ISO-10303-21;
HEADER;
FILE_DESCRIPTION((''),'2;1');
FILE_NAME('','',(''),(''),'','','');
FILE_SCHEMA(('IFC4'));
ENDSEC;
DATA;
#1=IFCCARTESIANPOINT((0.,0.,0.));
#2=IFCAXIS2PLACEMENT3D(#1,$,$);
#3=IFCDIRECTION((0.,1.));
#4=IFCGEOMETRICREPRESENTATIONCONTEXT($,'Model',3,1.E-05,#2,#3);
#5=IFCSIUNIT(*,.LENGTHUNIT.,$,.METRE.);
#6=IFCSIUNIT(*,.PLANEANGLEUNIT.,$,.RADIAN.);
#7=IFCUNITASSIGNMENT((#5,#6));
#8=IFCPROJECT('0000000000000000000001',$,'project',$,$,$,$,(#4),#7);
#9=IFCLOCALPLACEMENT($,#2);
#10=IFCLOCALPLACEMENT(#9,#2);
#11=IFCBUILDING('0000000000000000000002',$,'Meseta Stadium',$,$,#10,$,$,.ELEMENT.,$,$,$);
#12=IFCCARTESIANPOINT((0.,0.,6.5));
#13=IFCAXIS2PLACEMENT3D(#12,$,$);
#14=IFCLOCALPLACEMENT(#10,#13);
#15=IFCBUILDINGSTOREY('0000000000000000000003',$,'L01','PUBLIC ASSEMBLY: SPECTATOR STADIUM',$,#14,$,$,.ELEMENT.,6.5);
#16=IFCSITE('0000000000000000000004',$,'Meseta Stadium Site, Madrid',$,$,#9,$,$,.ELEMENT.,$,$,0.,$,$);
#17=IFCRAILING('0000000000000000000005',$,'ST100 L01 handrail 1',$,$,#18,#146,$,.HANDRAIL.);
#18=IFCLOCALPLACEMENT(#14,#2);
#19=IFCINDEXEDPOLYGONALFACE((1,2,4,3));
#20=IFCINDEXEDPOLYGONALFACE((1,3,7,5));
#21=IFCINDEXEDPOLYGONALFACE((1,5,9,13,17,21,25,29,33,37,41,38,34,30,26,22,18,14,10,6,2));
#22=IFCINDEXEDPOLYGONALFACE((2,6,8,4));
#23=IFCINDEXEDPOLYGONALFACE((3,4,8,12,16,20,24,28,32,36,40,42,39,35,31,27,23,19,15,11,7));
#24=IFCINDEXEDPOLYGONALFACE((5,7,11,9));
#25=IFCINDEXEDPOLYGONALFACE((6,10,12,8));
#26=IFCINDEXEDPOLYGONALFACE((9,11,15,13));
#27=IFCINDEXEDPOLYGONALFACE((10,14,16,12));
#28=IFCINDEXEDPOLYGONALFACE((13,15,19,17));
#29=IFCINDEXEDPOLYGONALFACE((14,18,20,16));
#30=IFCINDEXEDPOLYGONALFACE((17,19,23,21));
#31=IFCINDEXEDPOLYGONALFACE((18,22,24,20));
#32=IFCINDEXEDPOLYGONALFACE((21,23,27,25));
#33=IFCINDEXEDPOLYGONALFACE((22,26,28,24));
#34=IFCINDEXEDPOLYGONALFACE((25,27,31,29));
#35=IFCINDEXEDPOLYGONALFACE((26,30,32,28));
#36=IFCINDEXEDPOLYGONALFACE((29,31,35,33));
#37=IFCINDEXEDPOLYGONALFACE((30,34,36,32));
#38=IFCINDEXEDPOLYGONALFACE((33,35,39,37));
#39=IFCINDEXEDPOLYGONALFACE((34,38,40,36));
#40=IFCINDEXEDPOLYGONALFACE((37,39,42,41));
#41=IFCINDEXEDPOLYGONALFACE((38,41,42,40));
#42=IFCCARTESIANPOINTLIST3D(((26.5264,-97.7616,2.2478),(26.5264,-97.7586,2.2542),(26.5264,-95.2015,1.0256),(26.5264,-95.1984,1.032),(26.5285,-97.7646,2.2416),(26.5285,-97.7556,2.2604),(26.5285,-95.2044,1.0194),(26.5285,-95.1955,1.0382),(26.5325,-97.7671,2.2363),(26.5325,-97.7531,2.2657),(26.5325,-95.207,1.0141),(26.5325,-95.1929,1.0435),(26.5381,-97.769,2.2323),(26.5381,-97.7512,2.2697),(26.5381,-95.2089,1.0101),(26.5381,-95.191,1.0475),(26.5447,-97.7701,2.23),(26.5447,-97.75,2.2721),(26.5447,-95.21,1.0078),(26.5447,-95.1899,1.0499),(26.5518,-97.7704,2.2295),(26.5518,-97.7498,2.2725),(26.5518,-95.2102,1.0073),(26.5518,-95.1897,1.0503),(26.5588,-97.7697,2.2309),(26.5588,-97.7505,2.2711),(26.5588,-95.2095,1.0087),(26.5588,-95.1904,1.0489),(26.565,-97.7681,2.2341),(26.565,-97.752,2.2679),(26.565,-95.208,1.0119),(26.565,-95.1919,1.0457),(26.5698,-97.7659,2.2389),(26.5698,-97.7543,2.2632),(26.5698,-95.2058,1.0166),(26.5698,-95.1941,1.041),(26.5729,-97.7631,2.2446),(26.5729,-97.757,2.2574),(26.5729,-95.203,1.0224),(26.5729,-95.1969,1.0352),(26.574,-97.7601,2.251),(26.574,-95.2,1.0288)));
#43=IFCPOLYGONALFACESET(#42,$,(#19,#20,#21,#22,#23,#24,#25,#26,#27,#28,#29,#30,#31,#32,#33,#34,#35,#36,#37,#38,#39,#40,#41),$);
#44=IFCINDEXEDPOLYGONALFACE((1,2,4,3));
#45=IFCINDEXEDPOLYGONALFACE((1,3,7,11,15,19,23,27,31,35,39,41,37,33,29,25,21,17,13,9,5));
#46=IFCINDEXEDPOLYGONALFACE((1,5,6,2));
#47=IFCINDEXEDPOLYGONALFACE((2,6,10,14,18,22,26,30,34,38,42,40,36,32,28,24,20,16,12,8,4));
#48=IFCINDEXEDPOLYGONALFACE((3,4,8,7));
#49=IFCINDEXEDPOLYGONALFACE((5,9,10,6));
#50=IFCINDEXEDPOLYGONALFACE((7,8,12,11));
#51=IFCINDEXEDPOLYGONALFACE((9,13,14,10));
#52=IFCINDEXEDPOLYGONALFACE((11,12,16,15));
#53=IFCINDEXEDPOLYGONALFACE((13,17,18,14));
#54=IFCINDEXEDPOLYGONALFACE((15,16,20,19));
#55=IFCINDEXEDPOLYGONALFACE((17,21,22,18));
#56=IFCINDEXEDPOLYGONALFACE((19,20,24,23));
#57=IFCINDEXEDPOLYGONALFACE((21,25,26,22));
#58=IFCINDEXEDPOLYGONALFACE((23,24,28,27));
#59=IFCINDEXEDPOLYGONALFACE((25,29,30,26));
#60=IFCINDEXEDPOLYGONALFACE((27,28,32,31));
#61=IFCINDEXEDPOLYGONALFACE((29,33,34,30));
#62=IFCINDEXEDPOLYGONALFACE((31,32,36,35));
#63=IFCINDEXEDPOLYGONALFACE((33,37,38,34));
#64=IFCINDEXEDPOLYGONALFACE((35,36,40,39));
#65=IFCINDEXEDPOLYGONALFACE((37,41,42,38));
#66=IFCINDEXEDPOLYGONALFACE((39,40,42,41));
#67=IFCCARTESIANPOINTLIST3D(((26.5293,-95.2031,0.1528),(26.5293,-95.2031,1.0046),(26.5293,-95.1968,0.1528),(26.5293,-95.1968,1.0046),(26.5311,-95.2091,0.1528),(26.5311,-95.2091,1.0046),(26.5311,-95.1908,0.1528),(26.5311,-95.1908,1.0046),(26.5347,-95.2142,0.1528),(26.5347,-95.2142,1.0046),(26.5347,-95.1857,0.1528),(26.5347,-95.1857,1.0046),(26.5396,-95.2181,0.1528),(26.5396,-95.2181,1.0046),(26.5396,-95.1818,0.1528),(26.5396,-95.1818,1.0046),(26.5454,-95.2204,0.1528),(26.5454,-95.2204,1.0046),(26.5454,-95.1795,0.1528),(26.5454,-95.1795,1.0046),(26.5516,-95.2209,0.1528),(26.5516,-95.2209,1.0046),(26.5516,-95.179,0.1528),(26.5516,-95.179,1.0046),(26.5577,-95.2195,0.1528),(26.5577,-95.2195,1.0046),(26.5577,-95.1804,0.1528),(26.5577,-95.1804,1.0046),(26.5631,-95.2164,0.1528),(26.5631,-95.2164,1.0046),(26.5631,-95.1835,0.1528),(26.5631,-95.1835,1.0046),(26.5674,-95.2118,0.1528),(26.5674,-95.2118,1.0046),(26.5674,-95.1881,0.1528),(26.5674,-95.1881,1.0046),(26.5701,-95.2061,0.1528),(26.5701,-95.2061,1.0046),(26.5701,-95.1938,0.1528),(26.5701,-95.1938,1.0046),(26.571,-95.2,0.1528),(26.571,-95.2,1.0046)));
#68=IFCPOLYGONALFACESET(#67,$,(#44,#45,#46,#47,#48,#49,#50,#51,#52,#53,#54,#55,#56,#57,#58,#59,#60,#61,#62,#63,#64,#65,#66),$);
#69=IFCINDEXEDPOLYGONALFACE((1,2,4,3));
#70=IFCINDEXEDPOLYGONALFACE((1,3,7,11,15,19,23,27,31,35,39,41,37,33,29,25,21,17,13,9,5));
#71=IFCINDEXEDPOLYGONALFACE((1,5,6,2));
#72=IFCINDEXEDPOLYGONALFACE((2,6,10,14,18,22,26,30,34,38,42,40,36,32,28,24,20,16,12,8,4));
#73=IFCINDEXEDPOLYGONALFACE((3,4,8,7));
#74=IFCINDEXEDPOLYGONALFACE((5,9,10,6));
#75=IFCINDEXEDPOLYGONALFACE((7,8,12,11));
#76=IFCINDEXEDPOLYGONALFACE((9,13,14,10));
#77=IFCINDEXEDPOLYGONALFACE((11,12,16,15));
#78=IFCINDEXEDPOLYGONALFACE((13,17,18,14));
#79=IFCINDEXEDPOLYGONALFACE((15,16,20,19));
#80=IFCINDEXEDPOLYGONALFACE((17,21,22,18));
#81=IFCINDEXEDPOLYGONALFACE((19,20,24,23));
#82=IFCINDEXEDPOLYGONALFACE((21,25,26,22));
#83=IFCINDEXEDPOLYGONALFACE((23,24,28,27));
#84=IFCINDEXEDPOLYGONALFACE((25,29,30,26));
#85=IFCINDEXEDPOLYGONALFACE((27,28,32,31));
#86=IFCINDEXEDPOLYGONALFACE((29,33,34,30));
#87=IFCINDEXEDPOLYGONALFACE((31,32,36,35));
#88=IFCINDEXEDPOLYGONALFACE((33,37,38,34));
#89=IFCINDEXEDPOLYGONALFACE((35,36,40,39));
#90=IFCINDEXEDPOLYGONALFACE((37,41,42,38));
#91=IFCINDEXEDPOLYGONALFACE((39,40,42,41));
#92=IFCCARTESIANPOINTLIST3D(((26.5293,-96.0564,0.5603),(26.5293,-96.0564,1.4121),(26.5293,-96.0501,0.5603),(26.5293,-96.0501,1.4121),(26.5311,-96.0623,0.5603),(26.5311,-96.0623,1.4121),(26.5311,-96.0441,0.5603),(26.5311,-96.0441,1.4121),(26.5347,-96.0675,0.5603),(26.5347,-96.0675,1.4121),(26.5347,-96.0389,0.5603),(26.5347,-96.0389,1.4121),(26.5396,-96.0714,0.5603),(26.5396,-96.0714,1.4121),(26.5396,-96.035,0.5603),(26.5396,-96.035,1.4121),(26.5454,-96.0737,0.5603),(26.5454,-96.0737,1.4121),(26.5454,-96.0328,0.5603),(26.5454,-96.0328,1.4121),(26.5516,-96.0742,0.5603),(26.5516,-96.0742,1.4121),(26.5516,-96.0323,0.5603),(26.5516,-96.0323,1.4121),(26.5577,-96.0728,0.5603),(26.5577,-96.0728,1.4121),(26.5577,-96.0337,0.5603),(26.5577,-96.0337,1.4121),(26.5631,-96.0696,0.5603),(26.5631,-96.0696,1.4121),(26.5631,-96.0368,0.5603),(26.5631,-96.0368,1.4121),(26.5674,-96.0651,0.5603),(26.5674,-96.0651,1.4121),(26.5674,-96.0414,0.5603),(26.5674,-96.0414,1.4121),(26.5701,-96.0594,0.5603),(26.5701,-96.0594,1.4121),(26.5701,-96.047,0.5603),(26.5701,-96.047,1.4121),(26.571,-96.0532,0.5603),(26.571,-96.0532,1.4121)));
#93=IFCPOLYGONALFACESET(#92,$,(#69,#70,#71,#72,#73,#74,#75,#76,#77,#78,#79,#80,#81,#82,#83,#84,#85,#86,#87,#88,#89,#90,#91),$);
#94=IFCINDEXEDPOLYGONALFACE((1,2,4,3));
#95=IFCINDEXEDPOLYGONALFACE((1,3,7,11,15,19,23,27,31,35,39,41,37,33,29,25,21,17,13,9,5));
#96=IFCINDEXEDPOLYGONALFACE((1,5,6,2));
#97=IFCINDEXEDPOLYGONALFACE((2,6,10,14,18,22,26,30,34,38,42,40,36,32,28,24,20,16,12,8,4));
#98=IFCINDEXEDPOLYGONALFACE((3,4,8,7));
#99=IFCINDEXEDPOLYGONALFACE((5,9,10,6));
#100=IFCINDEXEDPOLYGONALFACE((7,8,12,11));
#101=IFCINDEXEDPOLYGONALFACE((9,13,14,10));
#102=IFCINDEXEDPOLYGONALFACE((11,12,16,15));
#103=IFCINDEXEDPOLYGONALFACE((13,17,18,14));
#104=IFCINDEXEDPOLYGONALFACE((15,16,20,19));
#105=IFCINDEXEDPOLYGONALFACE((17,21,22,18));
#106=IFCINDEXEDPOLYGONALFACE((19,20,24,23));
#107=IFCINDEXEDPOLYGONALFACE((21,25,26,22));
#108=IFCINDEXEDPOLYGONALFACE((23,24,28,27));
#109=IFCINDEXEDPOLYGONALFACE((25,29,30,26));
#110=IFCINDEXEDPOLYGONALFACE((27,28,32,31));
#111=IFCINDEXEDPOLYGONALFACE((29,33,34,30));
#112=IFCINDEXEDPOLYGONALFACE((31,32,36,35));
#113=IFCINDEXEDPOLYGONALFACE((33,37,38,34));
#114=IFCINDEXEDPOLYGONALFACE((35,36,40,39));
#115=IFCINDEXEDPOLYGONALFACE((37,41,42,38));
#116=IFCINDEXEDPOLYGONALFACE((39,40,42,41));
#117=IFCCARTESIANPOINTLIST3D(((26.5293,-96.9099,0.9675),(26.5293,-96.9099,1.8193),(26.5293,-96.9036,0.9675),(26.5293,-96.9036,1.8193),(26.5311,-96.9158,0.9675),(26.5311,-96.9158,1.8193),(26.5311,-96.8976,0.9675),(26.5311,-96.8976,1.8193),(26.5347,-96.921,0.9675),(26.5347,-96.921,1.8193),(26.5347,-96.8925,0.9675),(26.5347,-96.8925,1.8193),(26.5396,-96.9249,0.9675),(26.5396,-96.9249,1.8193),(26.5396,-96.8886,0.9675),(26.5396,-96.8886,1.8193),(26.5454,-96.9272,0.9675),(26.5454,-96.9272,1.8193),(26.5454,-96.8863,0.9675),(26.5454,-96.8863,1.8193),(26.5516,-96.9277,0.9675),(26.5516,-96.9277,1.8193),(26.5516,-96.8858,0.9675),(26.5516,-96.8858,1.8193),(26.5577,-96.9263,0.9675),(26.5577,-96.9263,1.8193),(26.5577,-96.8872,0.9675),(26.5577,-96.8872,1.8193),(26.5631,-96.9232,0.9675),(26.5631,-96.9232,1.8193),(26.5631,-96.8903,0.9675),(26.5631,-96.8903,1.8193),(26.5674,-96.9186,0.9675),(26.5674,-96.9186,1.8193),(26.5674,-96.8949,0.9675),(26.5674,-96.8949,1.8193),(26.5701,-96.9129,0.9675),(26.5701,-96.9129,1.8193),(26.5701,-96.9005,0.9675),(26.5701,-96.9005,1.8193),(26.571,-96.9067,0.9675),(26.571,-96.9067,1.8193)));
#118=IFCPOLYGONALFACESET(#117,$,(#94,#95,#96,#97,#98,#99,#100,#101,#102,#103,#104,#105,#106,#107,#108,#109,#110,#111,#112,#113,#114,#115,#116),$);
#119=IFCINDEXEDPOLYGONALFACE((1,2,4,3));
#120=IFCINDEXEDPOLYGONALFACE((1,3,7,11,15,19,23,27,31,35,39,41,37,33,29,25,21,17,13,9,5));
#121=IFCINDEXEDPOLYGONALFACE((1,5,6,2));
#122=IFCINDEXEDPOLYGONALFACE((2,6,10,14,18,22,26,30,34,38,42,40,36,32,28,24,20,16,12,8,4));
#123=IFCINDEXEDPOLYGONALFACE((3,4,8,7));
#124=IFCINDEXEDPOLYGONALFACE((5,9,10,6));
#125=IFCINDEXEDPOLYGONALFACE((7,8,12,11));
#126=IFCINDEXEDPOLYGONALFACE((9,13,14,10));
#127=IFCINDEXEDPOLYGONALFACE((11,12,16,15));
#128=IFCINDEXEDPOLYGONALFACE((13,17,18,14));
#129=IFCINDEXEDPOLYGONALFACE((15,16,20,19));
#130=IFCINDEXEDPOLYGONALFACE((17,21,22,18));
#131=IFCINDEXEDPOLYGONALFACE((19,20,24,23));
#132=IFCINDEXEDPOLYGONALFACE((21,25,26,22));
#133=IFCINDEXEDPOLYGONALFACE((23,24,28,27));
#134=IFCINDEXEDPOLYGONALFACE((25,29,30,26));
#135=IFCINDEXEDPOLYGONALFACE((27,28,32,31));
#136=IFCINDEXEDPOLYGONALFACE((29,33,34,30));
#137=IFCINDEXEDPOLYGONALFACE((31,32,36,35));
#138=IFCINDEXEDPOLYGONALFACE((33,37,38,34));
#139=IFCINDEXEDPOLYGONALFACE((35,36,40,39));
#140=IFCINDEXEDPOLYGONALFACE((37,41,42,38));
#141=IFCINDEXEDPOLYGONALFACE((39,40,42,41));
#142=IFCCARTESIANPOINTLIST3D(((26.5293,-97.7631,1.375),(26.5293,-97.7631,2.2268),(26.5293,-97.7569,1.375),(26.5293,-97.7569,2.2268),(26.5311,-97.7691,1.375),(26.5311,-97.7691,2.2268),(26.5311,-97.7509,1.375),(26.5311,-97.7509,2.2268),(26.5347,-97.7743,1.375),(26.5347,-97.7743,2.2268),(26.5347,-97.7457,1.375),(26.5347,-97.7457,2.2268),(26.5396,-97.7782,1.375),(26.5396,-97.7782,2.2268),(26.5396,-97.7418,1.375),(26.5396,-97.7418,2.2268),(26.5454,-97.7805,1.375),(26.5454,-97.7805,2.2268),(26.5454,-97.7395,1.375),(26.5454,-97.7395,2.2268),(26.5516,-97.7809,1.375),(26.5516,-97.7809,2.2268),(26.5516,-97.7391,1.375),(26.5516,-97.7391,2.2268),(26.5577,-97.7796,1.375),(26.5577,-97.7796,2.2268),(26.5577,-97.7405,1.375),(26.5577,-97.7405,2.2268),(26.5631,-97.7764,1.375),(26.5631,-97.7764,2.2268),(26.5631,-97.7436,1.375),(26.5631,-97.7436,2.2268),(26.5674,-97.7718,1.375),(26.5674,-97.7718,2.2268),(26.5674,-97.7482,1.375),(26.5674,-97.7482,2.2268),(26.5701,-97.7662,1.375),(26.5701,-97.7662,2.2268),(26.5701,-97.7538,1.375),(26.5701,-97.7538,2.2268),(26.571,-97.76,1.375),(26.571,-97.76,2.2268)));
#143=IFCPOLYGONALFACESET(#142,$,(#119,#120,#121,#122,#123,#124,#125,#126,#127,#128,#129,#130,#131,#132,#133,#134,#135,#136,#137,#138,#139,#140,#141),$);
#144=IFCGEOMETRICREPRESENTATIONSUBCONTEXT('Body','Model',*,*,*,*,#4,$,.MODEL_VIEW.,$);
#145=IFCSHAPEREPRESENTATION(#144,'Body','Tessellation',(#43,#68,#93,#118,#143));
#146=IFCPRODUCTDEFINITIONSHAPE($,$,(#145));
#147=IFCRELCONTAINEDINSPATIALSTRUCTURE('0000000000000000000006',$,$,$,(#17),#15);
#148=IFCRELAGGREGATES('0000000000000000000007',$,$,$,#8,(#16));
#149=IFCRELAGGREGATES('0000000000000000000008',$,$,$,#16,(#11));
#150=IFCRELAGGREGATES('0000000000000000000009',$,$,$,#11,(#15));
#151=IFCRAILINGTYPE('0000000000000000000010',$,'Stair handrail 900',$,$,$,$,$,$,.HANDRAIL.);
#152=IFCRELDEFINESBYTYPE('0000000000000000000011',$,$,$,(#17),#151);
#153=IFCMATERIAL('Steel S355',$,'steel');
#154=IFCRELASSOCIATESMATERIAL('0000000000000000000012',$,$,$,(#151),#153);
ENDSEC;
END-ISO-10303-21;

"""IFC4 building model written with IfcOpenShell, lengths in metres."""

from ifc_helpers import new_model, si_unit, direction, frame, origin, origin_2d, place, context, subcontext, project, spatial, circle, extrude, material, type_object, element, save


model = new_model("IFC4")

# Units and contexts
model_context = context("Model", 3, precision=1e-05, world=origin(), true_north=direction((0.0, 1.0)))
body_context = subcontext(model_context, "Body", "Model", "MODEL_VIEW")
ifc_project = project(units=[si_unit("LENGTHUNIT", "METRE"), si_unit("PLANEANGLEUNIT", "RADIAN")], contexts=[model_context])

# Site, building, storey
site_placement = place(None, origin())
site = spatial("IfcSite", under=ifc_project, at=site_placement, Name="Meseta Stadium Site, Madrid", CompositionType="ELEMENT", RefElevation=0.0)
building_placement = place(site_placement, origin())
building = spatial("IfcBuilding", under=site, at=building_placement, Name="Meseta Stadium", CompositionType="ELEMENT")
storey_placement = place(building_placement, frame((0.0, 0.0, 6.5)))
storey = spatial("IfcBuildingStorey", under=building, at=storey_placement, Name="L01", Description="PUBLIC ASSEMBLY: SPECTATOR STADIUM", CompositionType="ELEMENT", Elevation=6.5)

# Railing
ifc_material_1 = material(Name="Steel S355", Category="steel")
railing_type_1 = type_object("IfcRailingType", Name="Stair handrail 900", PredefinedType="HANDRAIL", material=ifc_material_1)
railing_1_placement = place(storey_placement, frame((26.55, -95.2, 0.1528)))
element("IfcRailing", 1, at=railing_1_placement, inside=storey, type_object=railing_type_1, Name="ST100 L01 handrail 1", PredefinedType="HANDRAIL", context=body_context, shape_type="SweptSolid", body=[
    extrude(circle(Radius=0.0239, at=origin_2d()), frame((0.0, 0.0, 0.876), z_axis=(0.0, -0.902437, 0.430822), x_axis=(1.0, 0.0, 0.0)), (0.0, 0.0, 1.0), 2.8369),
    extrude(circle(Radius=0.021, at=origin_2d()), origin(), (0.0, 0.0, 1.0), 0.8518),
    extrude(circle(Radius=0.021, at=origin_2d()), frame((0.0, -0.8533, 0.4075)), (0.0, 0.0, 1.0), 0.8518),
    extrude(circle(Radius=0.021, at=origin_2d()), frame((0.0, -1.7068, 0.8147)), (0.0, 0.0, 1.0), 0.8518),
    extrude(circle(Radius=0.021, at=origin_2d()), frame((0.0, -2.5601, 1.2222)), (0.0, 0.0, 1.0), 0.8518),
])

save(model, "model.ifc")
